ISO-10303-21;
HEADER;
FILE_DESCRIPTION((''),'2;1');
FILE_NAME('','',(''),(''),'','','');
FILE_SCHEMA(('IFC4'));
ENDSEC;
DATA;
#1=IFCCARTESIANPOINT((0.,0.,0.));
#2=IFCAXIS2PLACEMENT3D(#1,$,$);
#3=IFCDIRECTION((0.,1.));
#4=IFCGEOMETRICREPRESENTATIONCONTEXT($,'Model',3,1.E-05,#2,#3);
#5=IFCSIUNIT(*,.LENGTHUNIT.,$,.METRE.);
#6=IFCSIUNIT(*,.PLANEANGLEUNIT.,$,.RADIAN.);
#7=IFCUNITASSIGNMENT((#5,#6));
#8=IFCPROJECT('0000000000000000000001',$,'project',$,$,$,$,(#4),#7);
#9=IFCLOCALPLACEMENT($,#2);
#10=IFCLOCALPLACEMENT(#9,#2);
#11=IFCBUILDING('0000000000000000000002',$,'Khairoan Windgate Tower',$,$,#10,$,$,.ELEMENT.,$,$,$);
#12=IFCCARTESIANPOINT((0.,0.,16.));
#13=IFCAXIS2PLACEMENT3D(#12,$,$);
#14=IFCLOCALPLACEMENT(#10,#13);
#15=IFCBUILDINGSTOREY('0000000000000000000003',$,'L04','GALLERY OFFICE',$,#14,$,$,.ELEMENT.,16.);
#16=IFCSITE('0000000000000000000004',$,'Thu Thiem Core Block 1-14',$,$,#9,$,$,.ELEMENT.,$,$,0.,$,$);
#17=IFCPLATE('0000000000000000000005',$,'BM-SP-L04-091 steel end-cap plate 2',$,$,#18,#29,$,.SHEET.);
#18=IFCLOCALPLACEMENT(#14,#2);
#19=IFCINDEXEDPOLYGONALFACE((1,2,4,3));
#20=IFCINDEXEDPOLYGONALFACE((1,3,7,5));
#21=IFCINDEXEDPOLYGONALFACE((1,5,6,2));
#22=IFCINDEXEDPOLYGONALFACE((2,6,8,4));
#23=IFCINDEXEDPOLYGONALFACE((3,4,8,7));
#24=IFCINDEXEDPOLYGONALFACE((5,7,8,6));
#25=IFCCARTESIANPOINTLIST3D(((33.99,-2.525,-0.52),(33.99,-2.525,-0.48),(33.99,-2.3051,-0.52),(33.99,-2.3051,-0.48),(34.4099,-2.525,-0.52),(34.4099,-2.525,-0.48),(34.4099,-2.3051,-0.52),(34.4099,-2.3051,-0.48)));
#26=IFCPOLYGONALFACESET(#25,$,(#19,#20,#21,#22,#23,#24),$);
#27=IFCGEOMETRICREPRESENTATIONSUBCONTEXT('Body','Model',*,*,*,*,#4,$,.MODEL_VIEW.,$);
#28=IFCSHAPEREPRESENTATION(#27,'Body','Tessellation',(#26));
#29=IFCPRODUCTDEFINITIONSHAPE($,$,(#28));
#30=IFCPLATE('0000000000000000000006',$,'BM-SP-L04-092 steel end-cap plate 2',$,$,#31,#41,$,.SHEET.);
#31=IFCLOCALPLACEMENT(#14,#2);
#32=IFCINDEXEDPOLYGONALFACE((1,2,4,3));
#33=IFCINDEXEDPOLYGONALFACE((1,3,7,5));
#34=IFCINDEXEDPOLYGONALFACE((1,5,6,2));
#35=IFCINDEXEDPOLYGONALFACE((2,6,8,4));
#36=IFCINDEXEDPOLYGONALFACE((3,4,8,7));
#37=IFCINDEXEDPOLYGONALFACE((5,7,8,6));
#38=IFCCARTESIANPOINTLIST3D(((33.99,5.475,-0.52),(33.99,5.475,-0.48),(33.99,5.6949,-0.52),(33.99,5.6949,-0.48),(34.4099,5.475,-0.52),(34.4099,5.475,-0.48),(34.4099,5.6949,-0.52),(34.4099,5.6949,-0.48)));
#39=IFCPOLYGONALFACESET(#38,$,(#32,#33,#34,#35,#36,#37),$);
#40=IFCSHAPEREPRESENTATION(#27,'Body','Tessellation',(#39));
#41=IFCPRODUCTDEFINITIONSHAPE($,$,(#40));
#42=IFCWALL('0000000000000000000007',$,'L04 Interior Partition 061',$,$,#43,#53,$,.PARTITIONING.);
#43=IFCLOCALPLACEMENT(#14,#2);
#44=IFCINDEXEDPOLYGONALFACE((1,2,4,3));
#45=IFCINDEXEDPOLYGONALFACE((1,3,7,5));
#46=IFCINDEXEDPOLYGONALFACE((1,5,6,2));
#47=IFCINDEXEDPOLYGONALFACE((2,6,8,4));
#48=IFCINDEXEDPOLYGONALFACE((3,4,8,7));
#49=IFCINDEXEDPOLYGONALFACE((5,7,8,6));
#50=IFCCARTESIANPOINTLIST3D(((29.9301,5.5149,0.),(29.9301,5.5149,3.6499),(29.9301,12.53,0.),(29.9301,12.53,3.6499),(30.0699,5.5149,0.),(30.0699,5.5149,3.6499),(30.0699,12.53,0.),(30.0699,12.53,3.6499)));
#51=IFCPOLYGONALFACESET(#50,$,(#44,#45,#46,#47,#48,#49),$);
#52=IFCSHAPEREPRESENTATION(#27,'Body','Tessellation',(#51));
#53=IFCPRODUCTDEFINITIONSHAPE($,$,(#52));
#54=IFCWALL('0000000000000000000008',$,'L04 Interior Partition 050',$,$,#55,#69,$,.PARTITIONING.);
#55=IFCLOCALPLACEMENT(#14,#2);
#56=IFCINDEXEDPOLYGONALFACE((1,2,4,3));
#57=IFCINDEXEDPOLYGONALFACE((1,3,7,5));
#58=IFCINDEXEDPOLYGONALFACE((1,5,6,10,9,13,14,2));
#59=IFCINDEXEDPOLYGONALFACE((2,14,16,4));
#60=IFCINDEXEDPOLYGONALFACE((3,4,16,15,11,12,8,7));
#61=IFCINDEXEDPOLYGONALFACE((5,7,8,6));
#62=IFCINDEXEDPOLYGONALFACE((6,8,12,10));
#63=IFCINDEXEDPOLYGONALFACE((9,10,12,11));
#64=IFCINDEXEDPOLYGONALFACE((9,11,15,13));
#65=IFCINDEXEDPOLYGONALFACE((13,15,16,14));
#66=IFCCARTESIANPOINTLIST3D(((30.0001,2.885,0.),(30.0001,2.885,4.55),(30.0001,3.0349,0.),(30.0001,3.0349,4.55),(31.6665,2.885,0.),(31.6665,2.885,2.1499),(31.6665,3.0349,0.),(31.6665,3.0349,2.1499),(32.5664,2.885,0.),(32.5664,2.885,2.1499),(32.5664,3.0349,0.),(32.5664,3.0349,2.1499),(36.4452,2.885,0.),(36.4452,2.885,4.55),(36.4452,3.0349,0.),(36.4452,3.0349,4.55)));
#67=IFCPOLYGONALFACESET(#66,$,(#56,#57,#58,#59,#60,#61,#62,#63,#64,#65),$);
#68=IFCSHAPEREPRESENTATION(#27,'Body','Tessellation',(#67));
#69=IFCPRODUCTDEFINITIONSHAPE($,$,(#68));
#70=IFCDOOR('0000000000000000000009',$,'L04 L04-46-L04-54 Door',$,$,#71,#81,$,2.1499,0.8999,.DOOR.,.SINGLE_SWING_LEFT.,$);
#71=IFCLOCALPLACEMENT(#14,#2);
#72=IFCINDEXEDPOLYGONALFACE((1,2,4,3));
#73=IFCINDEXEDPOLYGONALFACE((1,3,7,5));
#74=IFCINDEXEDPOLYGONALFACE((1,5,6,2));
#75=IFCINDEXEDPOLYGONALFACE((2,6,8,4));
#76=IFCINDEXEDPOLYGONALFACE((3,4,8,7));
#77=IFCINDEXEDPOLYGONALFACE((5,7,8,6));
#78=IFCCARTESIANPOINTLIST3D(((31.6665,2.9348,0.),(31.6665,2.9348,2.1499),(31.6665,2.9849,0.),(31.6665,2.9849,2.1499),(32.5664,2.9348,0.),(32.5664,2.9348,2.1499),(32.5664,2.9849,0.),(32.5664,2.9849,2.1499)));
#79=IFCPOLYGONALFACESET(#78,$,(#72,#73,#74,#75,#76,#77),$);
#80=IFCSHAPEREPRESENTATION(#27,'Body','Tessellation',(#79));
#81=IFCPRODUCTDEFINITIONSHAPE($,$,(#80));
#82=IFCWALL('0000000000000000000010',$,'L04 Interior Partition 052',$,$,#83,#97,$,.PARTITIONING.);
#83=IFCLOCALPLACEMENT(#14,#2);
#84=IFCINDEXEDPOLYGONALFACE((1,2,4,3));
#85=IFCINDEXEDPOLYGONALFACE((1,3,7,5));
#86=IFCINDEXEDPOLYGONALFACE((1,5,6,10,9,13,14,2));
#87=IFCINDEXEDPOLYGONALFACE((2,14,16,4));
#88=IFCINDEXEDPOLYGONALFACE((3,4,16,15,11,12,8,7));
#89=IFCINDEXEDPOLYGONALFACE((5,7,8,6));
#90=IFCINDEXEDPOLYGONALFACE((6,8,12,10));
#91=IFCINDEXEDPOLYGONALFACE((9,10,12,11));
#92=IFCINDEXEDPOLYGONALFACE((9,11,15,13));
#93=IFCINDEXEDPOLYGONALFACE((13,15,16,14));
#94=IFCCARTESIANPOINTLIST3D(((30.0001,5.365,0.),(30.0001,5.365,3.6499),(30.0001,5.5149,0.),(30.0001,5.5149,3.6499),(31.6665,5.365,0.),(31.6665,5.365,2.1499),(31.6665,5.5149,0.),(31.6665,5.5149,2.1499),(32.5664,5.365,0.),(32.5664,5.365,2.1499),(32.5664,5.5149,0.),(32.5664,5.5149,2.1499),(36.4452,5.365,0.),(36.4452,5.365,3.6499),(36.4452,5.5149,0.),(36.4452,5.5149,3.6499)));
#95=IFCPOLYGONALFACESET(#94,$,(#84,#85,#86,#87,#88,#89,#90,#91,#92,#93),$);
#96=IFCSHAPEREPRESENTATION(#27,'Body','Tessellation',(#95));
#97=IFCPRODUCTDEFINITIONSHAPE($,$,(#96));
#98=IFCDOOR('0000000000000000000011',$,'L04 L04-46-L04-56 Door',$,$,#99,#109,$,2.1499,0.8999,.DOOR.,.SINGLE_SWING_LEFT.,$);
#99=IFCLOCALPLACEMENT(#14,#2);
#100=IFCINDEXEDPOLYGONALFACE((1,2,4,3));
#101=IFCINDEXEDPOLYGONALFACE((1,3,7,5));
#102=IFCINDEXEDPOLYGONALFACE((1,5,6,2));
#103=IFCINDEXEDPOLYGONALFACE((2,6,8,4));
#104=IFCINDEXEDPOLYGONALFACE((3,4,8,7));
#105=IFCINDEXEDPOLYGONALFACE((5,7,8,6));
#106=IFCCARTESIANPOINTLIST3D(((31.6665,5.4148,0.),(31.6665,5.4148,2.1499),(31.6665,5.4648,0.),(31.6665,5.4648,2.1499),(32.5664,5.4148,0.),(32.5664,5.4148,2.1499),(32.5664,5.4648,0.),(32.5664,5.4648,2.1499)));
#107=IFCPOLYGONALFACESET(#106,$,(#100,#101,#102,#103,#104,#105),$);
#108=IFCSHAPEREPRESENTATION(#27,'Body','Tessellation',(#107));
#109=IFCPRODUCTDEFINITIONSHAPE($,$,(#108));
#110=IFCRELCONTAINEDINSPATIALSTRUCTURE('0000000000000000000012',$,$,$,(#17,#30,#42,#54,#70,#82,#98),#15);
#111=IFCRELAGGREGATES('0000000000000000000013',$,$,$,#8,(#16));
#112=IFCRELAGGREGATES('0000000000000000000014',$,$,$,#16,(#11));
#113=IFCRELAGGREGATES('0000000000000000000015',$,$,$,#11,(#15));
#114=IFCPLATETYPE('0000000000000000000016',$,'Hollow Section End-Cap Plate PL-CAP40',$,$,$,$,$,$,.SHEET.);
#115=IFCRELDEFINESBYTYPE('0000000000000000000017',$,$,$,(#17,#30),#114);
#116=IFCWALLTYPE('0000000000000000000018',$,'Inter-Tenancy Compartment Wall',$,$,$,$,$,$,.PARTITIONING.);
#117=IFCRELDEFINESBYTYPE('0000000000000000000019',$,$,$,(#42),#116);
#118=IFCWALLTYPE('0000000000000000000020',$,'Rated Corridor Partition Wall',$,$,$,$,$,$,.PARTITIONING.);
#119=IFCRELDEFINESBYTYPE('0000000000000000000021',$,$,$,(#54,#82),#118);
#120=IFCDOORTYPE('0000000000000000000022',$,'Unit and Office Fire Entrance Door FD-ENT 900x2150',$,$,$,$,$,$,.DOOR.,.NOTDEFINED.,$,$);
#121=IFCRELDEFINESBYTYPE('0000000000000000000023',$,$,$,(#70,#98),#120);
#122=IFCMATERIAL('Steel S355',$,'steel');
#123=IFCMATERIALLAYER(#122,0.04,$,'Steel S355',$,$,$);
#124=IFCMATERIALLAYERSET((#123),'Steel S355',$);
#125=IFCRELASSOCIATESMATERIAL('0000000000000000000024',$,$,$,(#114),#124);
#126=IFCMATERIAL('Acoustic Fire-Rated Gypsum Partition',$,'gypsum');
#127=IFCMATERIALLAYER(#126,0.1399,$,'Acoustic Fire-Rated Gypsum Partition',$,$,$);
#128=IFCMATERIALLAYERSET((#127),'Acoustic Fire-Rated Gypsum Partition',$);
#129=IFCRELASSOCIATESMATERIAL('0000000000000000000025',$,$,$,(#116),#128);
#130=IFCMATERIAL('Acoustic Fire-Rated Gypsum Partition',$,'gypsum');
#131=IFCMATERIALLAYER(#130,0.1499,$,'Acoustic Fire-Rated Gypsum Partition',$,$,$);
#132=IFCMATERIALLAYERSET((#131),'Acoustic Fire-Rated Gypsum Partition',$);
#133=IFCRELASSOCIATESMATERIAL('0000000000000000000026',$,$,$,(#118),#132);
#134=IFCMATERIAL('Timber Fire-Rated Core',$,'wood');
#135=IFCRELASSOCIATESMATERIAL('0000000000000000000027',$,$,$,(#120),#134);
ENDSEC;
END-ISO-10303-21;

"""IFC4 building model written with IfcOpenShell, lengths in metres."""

from ifc_helpers import new_model, si_unit, direction, frame, frame_2d, origin, origin_2d, place, context, subcontext, project, spatial, rectangle, extrude, material, layer, layer_set, type_object, element, fill, save


model = new_model("IFC4")

# Units and contexts
model_context = context("Model", 3, precision=1e-05, world=origin(), true_north=direction((0.0, 1.0)))
body_context = subcontext(model_context, "Body", "Model", "MODEL_VIEW")
ifc_project = project(units=[si_unit("LENGTHUNIT", "METRE"), si_unit("PLANEANGLEUNIT", "RADIAN")], contexts=[model_context])

# Site, building, storey
site_placement = place(None, origin())
site = spatial("IfcSite", under=ifc_project, at=site_placement, Name="Thu Thiem Core Block 1-14", CompositionType="ELEMENT", RefElevation=0.0)
building_placement = place(site_placement, origin())
building = spatial("IfcBuilding", under=site, at=building_placement, Name="Khairoan Windgate Tower", CompositionType="ELEMENT")
storey_placement = place(building_placement, frame((0.0, 0.0, 16.0)))
storey = spatial("IfcBuildingStorey", under=building, at=storey_placement, Name="L04", Description="GALLERY OFFICE", CompositionType="ELEMENT", Elevation=16.0)

# Plates
ifc_material_1 = material(Name="Steel S355", Category="steel")
ifc_layer_1 = layer(ifc_material_1, 0.04, Name="Steel S355")
ifc_layer_set_1 = layer_set([ifc_layer_1], Name="Steel S355")
plate_type = type_object("IfcPlateType", Name="Hollow Section End-Cap Plate PL-CAP40", PredefinedType="SHEET", material=ifc_layer_set_1)
for number, where, z_axis, x_axis, name in (
    (1, (34.2, -2.415, -0.52), (0.0, 0.0, 1.0), (0.0, 1.0, 0.0), "BM-SP-L04-091 steel end-cap plate 2"),
    (2, (34.2, 5.585, -0.52), (0.0, 0.0, 1.0), (0.0, 1.0, 0.0), "BM-SP-L04-092 steel end-cap plate 2"),
):
    element("IfcPlate", number, at=place(storey_placement, frame(where, z_axis=z_axis, x_axis=x_axis)), inside=storey, type_object=plate_type, Name=name, PredefinedType="SHEET", context=body_context, shape_type="SweptSolid", body=[
        extrude(rectangle(XDim=0.22, YDim=0.4199, at=origin_2d()), origin(), (0.0, 0.0, 1.0), 0.04),
    ])

# Wall
ifc_material_2 = material(Name="Acoustic Fire-Rated Gypsum Partition", Category="gypsum")
ifc_layer_2 = layer(ifc_material_2, 0.1399, Name="Acoustic Fire-Rated Gypsum Partition")
ifc_layer_set_2 = layer_set([ifc_layer_2], Name="Acoustic Fire-Rated Gypsum Partition")
wall_type_1 = type_object("IfcWallType", Name="Inter-Tenancy Compartment Wall", PredefinedType="PARTITIONING", material=ifc_layer_set_2)
wall_1_placement = place(storey_placement, frame((30.0, 5.5149, 0.0), z_axis=(0.0, 0.0, 1.0), x_axis=(0.0, 1.0, 0.0)))
element("IfcWall", 3, at=wall_1_placement, inside=storey, type_object=wall_type_1, Name="L04 Interior Partition 061", PredefinedType="PARTITIONING", context=body_context, shape_type="SweptSolid", body=[
    extrude(rectangle(XDim=7.0151, YDim=0.1399, at=frame_2d((3.5076, 0.0))), origin(), (0.0, 0.0, 1.0), 3.6499),
])

# Walls, openings, doors
ifc_material_3 = material(Name="Acoustic Fire-Rated Gypsum Partition", Category="gypsum")
ifc_layer_3 = layer(ifc_material_3, 0.1499, Name="Acoustic Fire-Rated Gypsum Partition")
ifc_layer_set_3 = layer_set([ifc_layer_3], Name="Acoustic Fire-Rated Gypsum Partition")
wall_type_2 = type_object("IfcWallType", Name="Rated Corridor Partition Wall", PredefinedType="PARTITIONING", material=ifc_layer_set_3)
wall_2_placement = place(storey_placement, frame((30.0, 2.96, 0.0), z_axis=(0.0, 0.0, 1.0), x_axis=(1.0, 0.0, 0.0)))
wall_2 = element("IfcWall", 4, at=wall_2_placement, inside=storey, type_object=wall_type_2, Name="L04 Interior Partition 050", PredefinedType="PARTITIONING", context=body_context, shape_type="SweptSolid", body=[
    extrude(rectangle(XDim=6.4451, YDim=0.1499, at=frame_2d((3.2227, 0.0))), origin(), (0.0, 0.0, 1.0), 4.55),
])
opening_1_placement = place(wall_2_placement, frame((1.6665, 0.0, 0.0)))
opening_1 = element("IfcOpeningElement", 5, at=opening_1_placement, cuts=wall_2, PredefinedType="OPENING", context=body_context, shape_type="SweptSolid", body=[
    extrude(rectangle(XDim=0.8999, YDim=2.1499, at=frame_2d((0.45, 1.075))), frame((0.0, 0.085, 0.0), z_axis=(0.0, -1.0, 0.0), x_axis=(1.0, 0.0, 0.0)), (0.0, 0.0, 1.0), 0.1699),
])
ifc_material_4 = material(Name="Timber Fire-Rated Core", Category="wood")
door_type = type_object("IfcDoorType", Name="Unit and Office Fire Entrance Door FD-ENT 900x2150", OperationType="NOTDEFINED", PredefinedType="DOOR", material=ifc_material_4)
door_1_placement = place(opening_1_placement, origin())
door_1 = element("IfcDoor", 6, at=door_1_placement, inside=storey, type_object=door_type, Name="L04 L04-46-L04-54 Door", OperationType="SINGLE_SWING_LEFT", OverallHeight=2.1499, OverallWidth=0.8999, PredefinedType="DOOR", context=body_context, shape_type="SweptSolid", body=[
    extrude(rectangle(XDim=0.8999, YDim=2.1499, at=frame_2d((0.45, 1.075))), frame((0.0, 0.0249, 0.0), z_axis=(0.0, -1.0, 0.0), x_axis=(1.0, 0.0, 0.0)), (0.0, 0.0, 1.0), 0.05),
])
fill(opening_1, door_1)
wall_3_placement = place(storey_placement, frame((30.0, 5.4399, 0.0), z_axis=(0.0, 0.0, 1.0), x_axis=(1.0, 0.0, 0.0)))
wall_3 = element("IfcWall", 7, at=wall_3_placement, inside=storey, type_object=wall_type_2, Name="L04 Interior Partition 052", PredefinedType="PARTITIONING", context=body_context, shape_type="SweptSolid", body=[
    extrude(rectangle(XDim=6.4451, YDim=0.1499, at=frame_2d((3.2227, 0.0))), origin(), (0.0, 0.0, 1.0), 3.6499),
])
opening_2_placement = place(wall_3_placement, frame((1.6665, 0.0, 0.0)))
opening_2 = element("IfcOpeningElement", 8, at=opening_2_placement, cuts=wall_3, PredefinedType="OPENING", context=body_context, shape_type="SweptSolid", body=[
    extrude(rectangle(XDim=0.8999, YDim=2.1499, at=frame_2d((0.45, 1.075))), frame((0.0, 0.085, 0.0), z_axis=(0.0, -1.0, 0.0), x_axis=(1.0, 0.0, 0.0)), (0.0, 0.0, 1.0), 0.1699),
])
door_2_placement = place(opening_2_placement, origin())
door_2 = element("IfcDoor", 9, at=door_2_placement, inside=storey, type_object=door_type, Name="L04 L04-46-L04-56 Door", OperationType="SINGLE_SWING_LEFT", OverallHeight=2.1499, OverallWidth=0.8999, PredefinedType="DOOR", context=body_context, shape_type="SweptSolid", body=[
    extrude(rectangle(XDim=0.8999, YDim=2.1499, at=frame_2d((0.45, 1.075))), frame((0.0, 0.0249, 0.0), z_axis=(0.0, -1.0, 0.0), x_axis=(1.0, 0.0, 0.0)), (0.0, 0.0, 1.0), 0.05),
])
fill(opening_2, door_2)

save(model, "model.ifc")
